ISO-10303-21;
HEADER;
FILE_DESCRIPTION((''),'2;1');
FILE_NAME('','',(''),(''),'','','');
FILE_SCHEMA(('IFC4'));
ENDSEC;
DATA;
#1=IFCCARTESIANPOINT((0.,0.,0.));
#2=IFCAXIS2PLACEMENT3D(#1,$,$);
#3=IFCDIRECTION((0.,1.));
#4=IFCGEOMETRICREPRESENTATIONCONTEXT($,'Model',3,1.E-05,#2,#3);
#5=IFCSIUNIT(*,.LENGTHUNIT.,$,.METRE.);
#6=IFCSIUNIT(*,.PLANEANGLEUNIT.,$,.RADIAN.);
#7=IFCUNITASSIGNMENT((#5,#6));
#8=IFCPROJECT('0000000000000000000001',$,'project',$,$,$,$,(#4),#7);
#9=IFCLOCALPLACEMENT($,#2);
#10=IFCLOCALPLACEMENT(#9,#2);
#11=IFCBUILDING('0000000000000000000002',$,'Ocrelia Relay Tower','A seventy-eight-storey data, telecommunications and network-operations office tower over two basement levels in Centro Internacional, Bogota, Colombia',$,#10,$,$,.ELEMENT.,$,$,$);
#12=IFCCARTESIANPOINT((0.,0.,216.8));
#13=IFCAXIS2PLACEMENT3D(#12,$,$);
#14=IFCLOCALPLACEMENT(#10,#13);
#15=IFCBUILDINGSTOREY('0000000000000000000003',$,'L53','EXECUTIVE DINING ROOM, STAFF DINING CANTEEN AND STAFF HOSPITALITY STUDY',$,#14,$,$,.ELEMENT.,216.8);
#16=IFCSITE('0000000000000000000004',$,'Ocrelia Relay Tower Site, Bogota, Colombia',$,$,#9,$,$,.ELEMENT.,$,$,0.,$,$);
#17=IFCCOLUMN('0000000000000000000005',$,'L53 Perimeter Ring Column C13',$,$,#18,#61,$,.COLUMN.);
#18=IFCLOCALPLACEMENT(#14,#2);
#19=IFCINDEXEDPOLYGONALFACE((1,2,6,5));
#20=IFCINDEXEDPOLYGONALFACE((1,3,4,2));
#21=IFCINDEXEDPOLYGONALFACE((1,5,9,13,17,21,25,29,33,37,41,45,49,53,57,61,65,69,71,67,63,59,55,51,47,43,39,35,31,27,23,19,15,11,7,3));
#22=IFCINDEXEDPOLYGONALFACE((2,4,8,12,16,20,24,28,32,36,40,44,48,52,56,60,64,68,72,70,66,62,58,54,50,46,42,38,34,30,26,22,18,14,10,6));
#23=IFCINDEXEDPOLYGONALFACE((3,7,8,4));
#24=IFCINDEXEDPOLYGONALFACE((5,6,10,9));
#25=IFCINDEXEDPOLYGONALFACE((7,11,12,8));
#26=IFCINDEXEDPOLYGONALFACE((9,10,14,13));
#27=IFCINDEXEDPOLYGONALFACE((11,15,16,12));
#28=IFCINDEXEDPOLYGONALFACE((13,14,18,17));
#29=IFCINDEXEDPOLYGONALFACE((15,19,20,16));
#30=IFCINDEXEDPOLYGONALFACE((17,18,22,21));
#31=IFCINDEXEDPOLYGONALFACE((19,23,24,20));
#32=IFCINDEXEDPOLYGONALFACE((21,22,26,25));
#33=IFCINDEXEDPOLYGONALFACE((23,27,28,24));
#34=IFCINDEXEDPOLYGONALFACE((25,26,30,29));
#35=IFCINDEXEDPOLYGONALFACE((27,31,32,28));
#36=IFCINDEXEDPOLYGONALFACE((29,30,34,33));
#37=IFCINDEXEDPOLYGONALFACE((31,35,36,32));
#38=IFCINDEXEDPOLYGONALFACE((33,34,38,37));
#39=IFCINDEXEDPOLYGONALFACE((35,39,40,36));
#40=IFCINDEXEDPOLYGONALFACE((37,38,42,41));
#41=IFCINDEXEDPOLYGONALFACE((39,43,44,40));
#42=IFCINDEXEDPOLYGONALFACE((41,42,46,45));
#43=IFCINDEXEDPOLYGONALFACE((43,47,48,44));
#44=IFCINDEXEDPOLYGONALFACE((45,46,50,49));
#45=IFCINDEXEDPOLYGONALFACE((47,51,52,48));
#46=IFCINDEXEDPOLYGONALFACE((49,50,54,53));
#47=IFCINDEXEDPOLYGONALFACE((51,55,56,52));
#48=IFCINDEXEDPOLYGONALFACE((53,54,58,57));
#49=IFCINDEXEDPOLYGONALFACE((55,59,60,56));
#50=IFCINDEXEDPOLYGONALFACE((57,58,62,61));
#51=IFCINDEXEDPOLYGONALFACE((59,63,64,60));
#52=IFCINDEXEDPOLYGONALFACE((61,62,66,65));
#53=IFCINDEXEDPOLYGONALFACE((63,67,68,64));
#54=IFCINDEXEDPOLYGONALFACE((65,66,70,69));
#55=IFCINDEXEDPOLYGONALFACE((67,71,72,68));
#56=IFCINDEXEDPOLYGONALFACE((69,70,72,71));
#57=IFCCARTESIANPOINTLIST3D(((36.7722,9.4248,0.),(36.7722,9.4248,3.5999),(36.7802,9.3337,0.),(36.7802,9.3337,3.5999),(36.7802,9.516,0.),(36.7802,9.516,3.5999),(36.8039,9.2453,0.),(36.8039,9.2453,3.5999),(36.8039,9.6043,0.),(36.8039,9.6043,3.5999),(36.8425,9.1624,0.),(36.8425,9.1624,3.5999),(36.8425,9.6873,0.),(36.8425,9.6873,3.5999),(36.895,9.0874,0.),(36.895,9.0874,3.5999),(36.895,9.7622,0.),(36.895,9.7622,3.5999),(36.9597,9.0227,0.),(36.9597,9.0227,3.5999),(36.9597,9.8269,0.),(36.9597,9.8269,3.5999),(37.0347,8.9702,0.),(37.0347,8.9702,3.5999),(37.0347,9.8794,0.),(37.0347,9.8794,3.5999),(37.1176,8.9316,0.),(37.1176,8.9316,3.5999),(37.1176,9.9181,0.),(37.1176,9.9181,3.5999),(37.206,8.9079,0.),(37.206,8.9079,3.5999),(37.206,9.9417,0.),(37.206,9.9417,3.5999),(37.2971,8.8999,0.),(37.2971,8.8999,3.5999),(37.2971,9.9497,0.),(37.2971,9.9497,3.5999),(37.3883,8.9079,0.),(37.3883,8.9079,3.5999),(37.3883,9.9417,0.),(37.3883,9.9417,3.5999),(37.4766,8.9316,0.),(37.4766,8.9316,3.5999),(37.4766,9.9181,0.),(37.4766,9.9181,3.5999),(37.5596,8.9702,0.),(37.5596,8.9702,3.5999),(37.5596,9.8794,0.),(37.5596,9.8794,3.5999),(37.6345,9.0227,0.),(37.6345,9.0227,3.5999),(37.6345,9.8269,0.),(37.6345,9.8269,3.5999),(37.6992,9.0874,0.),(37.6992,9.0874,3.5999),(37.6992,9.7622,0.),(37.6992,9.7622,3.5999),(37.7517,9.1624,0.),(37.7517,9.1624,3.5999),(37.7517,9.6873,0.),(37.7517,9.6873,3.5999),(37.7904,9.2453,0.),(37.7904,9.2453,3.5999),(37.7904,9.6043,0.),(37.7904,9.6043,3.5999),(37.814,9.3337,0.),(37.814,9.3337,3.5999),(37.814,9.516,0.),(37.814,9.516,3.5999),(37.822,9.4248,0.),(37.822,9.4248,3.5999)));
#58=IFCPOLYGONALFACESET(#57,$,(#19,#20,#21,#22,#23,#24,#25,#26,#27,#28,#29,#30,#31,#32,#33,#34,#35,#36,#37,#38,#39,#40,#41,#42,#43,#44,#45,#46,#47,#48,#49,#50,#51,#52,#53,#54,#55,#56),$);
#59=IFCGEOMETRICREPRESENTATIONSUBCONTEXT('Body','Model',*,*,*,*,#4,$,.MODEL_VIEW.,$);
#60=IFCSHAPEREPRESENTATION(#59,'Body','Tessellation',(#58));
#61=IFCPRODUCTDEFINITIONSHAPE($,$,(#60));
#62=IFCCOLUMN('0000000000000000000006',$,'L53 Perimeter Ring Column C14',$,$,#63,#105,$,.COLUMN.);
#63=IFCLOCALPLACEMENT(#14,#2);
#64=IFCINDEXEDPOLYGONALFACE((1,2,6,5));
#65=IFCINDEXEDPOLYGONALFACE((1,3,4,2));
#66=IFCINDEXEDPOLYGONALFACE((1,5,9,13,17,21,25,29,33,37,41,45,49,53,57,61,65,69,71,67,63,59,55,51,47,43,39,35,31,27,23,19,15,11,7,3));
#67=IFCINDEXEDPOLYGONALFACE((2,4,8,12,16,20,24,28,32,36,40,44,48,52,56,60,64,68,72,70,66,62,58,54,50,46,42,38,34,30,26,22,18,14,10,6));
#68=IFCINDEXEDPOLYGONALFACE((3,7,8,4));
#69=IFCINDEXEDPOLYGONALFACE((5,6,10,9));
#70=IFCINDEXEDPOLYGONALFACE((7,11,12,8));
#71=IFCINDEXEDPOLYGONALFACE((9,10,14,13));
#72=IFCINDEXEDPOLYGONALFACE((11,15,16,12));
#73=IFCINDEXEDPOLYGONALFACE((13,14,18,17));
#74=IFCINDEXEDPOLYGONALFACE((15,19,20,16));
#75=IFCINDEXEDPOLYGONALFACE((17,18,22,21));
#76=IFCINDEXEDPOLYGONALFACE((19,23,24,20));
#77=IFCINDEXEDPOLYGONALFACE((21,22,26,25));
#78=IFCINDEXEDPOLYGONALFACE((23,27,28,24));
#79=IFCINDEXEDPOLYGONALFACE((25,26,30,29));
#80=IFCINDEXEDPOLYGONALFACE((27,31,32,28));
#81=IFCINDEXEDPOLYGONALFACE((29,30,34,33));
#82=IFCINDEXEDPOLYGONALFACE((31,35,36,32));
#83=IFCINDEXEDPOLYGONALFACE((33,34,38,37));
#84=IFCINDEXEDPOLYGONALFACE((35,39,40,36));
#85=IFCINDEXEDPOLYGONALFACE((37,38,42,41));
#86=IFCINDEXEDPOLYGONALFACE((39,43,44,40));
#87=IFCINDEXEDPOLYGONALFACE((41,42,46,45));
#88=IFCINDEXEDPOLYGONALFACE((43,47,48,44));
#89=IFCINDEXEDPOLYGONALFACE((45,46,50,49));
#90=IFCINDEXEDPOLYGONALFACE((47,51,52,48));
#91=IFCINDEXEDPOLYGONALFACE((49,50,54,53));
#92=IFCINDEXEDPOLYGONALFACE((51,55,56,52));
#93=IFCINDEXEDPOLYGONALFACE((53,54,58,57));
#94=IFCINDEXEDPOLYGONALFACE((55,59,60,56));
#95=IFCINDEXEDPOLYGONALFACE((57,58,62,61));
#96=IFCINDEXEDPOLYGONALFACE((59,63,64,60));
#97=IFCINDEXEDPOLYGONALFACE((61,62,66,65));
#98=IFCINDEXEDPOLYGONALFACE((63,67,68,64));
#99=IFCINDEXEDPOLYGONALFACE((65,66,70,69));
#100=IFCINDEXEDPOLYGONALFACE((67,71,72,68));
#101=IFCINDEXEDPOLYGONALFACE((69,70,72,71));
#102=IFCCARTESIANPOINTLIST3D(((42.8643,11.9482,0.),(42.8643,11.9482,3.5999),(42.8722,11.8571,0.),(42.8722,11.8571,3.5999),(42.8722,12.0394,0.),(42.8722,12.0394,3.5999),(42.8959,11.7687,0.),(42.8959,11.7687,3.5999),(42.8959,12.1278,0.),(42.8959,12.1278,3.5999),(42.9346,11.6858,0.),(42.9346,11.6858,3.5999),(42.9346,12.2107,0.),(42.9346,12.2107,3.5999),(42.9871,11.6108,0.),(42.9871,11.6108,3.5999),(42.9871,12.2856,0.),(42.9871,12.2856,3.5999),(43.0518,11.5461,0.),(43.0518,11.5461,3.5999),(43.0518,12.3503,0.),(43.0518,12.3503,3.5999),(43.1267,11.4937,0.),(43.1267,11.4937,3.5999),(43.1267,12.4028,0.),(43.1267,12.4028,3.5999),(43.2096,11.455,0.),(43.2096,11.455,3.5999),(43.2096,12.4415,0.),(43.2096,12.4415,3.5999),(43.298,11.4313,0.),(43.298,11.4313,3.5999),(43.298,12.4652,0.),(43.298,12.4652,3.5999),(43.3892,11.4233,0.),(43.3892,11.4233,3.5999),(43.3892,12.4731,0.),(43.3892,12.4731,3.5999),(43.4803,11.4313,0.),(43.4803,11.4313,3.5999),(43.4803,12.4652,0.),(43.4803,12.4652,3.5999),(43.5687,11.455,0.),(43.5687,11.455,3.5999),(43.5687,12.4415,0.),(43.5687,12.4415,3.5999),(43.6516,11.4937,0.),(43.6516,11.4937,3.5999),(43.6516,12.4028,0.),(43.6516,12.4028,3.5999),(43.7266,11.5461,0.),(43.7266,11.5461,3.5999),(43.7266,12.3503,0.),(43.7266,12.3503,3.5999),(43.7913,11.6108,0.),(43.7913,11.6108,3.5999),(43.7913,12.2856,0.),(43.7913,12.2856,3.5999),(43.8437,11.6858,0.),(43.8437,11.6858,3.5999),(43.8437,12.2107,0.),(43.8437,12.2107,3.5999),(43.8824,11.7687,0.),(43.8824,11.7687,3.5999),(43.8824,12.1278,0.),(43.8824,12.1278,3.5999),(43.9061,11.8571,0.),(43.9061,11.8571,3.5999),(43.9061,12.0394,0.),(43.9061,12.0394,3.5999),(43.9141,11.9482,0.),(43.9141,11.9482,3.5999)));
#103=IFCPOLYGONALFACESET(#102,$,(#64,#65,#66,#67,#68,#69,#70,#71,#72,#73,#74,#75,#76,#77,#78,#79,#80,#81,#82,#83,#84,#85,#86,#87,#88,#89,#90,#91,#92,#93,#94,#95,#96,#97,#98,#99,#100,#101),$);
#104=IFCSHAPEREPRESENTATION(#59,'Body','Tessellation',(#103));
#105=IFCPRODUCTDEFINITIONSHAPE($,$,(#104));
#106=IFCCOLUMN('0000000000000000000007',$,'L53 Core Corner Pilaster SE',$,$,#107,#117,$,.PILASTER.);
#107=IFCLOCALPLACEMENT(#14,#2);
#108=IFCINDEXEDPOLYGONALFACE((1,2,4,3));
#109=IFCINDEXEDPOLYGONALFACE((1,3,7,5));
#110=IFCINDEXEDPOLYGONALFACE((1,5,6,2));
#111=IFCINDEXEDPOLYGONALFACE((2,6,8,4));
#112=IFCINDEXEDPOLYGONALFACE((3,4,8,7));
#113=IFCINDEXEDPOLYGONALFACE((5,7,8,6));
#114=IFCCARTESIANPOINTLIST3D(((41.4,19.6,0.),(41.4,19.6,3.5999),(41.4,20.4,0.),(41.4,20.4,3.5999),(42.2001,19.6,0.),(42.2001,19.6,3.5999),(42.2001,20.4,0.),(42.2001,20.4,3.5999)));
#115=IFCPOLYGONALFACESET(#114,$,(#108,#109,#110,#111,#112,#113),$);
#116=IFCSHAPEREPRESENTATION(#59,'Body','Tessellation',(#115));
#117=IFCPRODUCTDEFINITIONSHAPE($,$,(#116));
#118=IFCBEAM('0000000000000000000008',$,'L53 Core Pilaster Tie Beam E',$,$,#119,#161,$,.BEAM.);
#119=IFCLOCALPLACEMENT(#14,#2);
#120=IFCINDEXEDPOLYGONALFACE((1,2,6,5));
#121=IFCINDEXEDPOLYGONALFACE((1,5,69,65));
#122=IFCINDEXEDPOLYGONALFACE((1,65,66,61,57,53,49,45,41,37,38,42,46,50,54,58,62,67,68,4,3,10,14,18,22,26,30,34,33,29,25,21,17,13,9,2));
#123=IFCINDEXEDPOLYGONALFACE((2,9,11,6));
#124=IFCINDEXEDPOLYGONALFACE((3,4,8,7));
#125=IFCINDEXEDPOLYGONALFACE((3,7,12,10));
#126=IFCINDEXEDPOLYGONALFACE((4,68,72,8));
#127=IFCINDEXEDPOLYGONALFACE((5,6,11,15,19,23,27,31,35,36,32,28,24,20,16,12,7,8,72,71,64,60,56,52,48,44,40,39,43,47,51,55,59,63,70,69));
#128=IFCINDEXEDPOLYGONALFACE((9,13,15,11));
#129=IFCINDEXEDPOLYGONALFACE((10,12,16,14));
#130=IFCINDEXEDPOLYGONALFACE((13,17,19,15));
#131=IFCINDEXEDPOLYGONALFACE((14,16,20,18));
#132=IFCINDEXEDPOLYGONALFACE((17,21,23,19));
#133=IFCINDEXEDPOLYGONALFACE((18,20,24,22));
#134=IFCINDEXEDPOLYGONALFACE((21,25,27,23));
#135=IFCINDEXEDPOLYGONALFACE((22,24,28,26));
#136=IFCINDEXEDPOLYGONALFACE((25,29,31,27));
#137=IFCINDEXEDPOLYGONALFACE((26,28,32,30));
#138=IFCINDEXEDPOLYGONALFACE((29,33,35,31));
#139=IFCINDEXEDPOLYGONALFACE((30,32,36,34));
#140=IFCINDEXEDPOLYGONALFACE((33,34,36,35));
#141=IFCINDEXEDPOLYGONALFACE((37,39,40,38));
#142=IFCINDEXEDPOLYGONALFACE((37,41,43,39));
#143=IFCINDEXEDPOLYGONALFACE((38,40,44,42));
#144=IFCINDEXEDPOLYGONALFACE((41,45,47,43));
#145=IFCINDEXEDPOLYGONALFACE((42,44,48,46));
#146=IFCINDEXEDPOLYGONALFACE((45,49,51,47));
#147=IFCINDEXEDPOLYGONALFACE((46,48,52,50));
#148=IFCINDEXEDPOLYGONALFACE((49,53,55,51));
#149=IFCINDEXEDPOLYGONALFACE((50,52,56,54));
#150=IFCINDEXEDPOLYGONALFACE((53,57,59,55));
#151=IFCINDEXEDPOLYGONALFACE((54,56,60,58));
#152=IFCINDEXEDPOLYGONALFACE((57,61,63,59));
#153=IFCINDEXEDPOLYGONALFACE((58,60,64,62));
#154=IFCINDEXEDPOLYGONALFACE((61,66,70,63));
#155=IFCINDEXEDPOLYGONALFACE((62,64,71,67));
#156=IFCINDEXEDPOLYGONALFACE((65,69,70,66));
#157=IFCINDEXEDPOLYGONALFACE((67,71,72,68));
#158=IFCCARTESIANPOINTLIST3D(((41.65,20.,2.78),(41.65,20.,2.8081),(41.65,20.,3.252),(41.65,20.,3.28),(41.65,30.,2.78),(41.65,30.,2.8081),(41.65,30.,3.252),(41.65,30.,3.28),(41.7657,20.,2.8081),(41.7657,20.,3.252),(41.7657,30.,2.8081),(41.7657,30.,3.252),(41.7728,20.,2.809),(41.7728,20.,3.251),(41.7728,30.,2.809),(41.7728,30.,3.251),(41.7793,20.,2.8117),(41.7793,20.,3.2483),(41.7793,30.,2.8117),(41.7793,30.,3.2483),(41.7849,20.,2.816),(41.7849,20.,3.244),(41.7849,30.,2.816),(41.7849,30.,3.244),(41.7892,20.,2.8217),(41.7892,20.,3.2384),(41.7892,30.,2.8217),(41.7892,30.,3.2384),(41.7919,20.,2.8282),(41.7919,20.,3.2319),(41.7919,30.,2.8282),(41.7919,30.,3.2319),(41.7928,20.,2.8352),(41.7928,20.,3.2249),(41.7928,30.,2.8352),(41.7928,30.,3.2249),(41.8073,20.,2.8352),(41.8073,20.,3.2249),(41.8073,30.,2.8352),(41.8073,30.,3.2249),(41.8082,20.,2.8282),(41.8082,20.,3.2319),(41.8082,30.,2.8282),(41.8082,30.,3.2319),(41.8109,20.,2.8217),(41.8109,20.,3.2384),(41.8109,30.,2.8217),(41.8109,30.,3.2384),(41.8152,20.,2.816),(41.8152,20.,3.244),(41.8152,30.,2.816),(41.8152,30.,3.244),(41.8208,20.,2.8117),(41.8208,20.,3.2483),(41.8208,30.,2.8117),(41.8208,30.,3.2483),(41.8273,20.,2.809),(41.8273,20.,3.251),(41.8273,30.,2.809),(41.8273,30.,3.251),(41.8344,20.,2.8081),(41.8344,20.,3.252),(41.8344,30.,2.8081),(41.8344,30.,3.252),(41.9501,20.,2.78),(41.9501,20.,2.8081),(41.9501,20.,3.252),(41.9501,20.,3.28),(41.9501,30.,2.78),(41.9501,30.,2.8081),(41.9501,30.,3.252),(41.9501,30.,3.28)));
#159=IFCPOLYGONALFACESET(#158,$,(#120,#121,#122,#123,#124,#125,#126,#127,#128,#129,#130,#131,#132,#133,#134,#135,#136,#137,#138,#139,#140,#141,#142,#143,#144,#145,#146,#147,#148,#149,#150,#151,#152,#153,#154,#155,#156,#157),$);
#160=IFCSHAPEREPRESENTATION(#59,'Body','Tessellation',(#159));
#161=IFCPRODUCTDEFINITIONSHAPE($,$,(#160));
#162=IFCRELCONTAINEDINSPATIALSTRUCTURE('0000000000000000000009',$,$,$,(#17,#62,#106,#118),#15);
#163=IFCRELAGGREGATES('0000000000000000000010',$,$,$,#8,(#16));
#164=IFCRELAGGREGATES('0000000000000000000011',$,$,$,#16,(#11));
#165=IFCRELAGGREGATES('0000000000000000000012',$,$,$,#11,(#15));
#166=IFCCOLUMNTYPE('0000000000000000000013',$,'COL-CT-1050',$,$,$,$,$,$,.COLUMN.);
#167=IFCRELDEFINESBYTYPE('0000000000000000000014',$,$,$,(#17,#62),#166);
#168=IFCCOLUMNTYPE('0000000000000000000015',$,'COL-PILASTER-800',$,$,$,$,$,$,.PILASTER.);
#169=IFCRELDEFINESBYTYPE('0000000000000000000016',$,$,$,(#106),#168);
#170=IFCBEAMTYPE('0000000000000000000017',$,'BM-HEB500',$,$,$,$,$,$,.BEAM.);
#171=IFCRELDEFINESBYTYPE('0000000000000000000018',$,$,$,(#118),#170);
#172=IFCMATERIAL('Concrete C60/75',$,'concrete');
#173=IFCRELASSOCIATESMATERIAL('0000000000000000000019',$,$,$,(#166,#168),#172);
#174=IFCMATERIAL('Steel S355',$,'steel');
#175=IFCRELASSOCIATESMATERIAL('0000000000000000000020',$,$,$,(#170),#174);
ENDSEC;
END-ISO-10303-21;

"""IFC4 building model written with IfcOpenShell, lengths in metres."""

from ifc_helpers import new_model, si_unit, direction, frame, origin, origin_2d, place, context, subcontext, project, spatial, rectangle, circle, i_section, extrude, material, material_profile, profile_set, type_object, element, save


model = new_model("IFC4")

# Units and contexts
model_context = context("Model", 3, precision=1e-05, world=origin(), true_north=direction((0.0, 1.0)))
body_context = subcontext(model_context, "Body", "Model", "MODEL_VIEW")
ifc_project = project(units=[si_unit("LENGTHUNIT", "METRE"), si_unit("PLANEANGLEUNIT", "RADIAN")], contexts=[model_context])

# Site, building, storey
site_placement = place(None, origin())
site = spatial("IfcSite", under=ifc_project, at=site_placement, Name="Ocrelia Relay Tower Site, Bogota, Colombia", CompositionType="ELEMENT", RefElevation=0.0)
building_placement = place(site_placement, origin())
building = spatial("IfcBuilding", under=site, at=building_placement, Name="Ocrelia Relay Tower", Description="A seventy-eight-storey data, telecommunications and network-operations office tower over two basement levels in Centro Internacional, Bogota, Colombia", CompositionType="ELEMENT")
storey_placement = place(building_placement, frame((0.0, 0.0, 216.8)))
storey = spatial("IfcBuildingStorey", under=building, at=storey_placement, Name="L53", Description="EXECUTIVE DINING ROOM, STAFF DINING CANTEEN AND STAFF HOSPITALITY STUDY", CompositionType="ELEMENT", Elevation=216.8)

# Columns
ifc_material_1 = material(Name="Concrete C60/75", Category="concrete")
ifc_material_profile_1 = material_profile(ifc_material_1, circle(Radius=0.5249, at=origin_2d()), Name="RC-CIR-1050")
ifc_profile_set_1 = profile_set([ifc_material_profile_1], Name="Concrete C60/75")
column_type_1 = type_object("IfcColumnType", Name="COL-CT-1050", PredefinedType="COLUMN", material=ifc_profile_set_1)
for number, where, z_axis, x_axis, name in (
    (1, (37.2971, 9.4248, 0.0), (0.0, 0.0, 1.0), (1.0, 0.0, 0.0), "L53 Perimeter Ring Column C13"),
    (2, (43.3892, 11.9482, 0.0), (0.0, 0.0, 1.0), (1.0, 0.0, 0.0), "L53 Perimeter Ring Column C14"),
):
    element("IfcColumn", number, at=place(storey_placement, frame(where, z_axis=z_axis, x_axis=x_axis)), inside=storey, type_object=column_type_1, Name=name, PredefinedType="COLUMN", context=body_context, shape_type="SweptSolid", body=[
        extrude(circle(Radius=0.5249, at=origin_2d()), origin(), (0.0, 0.0, 1.0), 3.5999),
    ])
ifc_material_profile_2 = material_profile(ifc_material_1, rectangle(XDim=0.8, YDim=0.8, at=origin_2d()), Name="RC-COL-800x800")
ifc_profile_set_2 = profile_set([ifc_material_profile_2], Name="Concrete C60/75")
column_type_2 = type_object("IfcColumnType", Name="COL-PILASTER-800", PredefinedType="PILASTER", material=ifc_profile_set_2)
column_placement = place(storey_placement, frame((41.8, 20.0, 0.0), z_axis=(0.0, 0.0, 1.0), x_axis=(1.0, 0.0, 0.0)))
element("IfcColumn", 3, at=column_placement, inside=storey, type_object=column_type_2, Name="L53 Core Corner Pilaster SE", PredefinedType="PILASTER", context=body_context, shape_type="SweptSolid", body=[
    extrude(rectangle(XDim=0.8, YDim=0.8, at=origin_2d()), origin(), (0.0, 0.0, 1.0), 3.5999),
])

# Beam
ifc_material_2 = material(Name="Steel S355", Category="steel")
ifc_material_profile_3 = material_profile(ifc_material_2, i_section(OverallWidth=0.3, OverallDepth=0.5, WebThickness=0.0144, FlangeThickness=0.0281, FilletRadius=0.0271, at=origin_2d()), Name="HEB 500")
ifc_profile_set_3 = profile_set([ifc_material_profile_3], Name="Steel S355")
beam_type_1 = type_object("IfcBeamType", Name="BM-HEB500", PredefinedType="BEAM", material=ifc_profile_set_3)
beam_1_placement = place(storey_placement, frame((41.8, 20.0, 3.03), z_axis=(0.0, 1.0, 0.0), x_axis=(-1.0, 0.0, 0.0)))
element("IfcBeam", 4, at=beam_1_placement, inside=storey, type_object=beam_type_1, Name="L53 Core Pilaster Tie Beam E", PredefinedType="BEAM", context=body_context, shape_type="SweptSolid", body=[
    extrude(i_section(OverallWidth=0.3, OverallDepth=0.5, WebThickness=0.0144, FlangeThickness=0.0281, FilletRadius=0.0271, at=origin_2d()), origin(), (0.0, 0.0, 1.0), 10.0),
])

save(model, "model.ifc")
